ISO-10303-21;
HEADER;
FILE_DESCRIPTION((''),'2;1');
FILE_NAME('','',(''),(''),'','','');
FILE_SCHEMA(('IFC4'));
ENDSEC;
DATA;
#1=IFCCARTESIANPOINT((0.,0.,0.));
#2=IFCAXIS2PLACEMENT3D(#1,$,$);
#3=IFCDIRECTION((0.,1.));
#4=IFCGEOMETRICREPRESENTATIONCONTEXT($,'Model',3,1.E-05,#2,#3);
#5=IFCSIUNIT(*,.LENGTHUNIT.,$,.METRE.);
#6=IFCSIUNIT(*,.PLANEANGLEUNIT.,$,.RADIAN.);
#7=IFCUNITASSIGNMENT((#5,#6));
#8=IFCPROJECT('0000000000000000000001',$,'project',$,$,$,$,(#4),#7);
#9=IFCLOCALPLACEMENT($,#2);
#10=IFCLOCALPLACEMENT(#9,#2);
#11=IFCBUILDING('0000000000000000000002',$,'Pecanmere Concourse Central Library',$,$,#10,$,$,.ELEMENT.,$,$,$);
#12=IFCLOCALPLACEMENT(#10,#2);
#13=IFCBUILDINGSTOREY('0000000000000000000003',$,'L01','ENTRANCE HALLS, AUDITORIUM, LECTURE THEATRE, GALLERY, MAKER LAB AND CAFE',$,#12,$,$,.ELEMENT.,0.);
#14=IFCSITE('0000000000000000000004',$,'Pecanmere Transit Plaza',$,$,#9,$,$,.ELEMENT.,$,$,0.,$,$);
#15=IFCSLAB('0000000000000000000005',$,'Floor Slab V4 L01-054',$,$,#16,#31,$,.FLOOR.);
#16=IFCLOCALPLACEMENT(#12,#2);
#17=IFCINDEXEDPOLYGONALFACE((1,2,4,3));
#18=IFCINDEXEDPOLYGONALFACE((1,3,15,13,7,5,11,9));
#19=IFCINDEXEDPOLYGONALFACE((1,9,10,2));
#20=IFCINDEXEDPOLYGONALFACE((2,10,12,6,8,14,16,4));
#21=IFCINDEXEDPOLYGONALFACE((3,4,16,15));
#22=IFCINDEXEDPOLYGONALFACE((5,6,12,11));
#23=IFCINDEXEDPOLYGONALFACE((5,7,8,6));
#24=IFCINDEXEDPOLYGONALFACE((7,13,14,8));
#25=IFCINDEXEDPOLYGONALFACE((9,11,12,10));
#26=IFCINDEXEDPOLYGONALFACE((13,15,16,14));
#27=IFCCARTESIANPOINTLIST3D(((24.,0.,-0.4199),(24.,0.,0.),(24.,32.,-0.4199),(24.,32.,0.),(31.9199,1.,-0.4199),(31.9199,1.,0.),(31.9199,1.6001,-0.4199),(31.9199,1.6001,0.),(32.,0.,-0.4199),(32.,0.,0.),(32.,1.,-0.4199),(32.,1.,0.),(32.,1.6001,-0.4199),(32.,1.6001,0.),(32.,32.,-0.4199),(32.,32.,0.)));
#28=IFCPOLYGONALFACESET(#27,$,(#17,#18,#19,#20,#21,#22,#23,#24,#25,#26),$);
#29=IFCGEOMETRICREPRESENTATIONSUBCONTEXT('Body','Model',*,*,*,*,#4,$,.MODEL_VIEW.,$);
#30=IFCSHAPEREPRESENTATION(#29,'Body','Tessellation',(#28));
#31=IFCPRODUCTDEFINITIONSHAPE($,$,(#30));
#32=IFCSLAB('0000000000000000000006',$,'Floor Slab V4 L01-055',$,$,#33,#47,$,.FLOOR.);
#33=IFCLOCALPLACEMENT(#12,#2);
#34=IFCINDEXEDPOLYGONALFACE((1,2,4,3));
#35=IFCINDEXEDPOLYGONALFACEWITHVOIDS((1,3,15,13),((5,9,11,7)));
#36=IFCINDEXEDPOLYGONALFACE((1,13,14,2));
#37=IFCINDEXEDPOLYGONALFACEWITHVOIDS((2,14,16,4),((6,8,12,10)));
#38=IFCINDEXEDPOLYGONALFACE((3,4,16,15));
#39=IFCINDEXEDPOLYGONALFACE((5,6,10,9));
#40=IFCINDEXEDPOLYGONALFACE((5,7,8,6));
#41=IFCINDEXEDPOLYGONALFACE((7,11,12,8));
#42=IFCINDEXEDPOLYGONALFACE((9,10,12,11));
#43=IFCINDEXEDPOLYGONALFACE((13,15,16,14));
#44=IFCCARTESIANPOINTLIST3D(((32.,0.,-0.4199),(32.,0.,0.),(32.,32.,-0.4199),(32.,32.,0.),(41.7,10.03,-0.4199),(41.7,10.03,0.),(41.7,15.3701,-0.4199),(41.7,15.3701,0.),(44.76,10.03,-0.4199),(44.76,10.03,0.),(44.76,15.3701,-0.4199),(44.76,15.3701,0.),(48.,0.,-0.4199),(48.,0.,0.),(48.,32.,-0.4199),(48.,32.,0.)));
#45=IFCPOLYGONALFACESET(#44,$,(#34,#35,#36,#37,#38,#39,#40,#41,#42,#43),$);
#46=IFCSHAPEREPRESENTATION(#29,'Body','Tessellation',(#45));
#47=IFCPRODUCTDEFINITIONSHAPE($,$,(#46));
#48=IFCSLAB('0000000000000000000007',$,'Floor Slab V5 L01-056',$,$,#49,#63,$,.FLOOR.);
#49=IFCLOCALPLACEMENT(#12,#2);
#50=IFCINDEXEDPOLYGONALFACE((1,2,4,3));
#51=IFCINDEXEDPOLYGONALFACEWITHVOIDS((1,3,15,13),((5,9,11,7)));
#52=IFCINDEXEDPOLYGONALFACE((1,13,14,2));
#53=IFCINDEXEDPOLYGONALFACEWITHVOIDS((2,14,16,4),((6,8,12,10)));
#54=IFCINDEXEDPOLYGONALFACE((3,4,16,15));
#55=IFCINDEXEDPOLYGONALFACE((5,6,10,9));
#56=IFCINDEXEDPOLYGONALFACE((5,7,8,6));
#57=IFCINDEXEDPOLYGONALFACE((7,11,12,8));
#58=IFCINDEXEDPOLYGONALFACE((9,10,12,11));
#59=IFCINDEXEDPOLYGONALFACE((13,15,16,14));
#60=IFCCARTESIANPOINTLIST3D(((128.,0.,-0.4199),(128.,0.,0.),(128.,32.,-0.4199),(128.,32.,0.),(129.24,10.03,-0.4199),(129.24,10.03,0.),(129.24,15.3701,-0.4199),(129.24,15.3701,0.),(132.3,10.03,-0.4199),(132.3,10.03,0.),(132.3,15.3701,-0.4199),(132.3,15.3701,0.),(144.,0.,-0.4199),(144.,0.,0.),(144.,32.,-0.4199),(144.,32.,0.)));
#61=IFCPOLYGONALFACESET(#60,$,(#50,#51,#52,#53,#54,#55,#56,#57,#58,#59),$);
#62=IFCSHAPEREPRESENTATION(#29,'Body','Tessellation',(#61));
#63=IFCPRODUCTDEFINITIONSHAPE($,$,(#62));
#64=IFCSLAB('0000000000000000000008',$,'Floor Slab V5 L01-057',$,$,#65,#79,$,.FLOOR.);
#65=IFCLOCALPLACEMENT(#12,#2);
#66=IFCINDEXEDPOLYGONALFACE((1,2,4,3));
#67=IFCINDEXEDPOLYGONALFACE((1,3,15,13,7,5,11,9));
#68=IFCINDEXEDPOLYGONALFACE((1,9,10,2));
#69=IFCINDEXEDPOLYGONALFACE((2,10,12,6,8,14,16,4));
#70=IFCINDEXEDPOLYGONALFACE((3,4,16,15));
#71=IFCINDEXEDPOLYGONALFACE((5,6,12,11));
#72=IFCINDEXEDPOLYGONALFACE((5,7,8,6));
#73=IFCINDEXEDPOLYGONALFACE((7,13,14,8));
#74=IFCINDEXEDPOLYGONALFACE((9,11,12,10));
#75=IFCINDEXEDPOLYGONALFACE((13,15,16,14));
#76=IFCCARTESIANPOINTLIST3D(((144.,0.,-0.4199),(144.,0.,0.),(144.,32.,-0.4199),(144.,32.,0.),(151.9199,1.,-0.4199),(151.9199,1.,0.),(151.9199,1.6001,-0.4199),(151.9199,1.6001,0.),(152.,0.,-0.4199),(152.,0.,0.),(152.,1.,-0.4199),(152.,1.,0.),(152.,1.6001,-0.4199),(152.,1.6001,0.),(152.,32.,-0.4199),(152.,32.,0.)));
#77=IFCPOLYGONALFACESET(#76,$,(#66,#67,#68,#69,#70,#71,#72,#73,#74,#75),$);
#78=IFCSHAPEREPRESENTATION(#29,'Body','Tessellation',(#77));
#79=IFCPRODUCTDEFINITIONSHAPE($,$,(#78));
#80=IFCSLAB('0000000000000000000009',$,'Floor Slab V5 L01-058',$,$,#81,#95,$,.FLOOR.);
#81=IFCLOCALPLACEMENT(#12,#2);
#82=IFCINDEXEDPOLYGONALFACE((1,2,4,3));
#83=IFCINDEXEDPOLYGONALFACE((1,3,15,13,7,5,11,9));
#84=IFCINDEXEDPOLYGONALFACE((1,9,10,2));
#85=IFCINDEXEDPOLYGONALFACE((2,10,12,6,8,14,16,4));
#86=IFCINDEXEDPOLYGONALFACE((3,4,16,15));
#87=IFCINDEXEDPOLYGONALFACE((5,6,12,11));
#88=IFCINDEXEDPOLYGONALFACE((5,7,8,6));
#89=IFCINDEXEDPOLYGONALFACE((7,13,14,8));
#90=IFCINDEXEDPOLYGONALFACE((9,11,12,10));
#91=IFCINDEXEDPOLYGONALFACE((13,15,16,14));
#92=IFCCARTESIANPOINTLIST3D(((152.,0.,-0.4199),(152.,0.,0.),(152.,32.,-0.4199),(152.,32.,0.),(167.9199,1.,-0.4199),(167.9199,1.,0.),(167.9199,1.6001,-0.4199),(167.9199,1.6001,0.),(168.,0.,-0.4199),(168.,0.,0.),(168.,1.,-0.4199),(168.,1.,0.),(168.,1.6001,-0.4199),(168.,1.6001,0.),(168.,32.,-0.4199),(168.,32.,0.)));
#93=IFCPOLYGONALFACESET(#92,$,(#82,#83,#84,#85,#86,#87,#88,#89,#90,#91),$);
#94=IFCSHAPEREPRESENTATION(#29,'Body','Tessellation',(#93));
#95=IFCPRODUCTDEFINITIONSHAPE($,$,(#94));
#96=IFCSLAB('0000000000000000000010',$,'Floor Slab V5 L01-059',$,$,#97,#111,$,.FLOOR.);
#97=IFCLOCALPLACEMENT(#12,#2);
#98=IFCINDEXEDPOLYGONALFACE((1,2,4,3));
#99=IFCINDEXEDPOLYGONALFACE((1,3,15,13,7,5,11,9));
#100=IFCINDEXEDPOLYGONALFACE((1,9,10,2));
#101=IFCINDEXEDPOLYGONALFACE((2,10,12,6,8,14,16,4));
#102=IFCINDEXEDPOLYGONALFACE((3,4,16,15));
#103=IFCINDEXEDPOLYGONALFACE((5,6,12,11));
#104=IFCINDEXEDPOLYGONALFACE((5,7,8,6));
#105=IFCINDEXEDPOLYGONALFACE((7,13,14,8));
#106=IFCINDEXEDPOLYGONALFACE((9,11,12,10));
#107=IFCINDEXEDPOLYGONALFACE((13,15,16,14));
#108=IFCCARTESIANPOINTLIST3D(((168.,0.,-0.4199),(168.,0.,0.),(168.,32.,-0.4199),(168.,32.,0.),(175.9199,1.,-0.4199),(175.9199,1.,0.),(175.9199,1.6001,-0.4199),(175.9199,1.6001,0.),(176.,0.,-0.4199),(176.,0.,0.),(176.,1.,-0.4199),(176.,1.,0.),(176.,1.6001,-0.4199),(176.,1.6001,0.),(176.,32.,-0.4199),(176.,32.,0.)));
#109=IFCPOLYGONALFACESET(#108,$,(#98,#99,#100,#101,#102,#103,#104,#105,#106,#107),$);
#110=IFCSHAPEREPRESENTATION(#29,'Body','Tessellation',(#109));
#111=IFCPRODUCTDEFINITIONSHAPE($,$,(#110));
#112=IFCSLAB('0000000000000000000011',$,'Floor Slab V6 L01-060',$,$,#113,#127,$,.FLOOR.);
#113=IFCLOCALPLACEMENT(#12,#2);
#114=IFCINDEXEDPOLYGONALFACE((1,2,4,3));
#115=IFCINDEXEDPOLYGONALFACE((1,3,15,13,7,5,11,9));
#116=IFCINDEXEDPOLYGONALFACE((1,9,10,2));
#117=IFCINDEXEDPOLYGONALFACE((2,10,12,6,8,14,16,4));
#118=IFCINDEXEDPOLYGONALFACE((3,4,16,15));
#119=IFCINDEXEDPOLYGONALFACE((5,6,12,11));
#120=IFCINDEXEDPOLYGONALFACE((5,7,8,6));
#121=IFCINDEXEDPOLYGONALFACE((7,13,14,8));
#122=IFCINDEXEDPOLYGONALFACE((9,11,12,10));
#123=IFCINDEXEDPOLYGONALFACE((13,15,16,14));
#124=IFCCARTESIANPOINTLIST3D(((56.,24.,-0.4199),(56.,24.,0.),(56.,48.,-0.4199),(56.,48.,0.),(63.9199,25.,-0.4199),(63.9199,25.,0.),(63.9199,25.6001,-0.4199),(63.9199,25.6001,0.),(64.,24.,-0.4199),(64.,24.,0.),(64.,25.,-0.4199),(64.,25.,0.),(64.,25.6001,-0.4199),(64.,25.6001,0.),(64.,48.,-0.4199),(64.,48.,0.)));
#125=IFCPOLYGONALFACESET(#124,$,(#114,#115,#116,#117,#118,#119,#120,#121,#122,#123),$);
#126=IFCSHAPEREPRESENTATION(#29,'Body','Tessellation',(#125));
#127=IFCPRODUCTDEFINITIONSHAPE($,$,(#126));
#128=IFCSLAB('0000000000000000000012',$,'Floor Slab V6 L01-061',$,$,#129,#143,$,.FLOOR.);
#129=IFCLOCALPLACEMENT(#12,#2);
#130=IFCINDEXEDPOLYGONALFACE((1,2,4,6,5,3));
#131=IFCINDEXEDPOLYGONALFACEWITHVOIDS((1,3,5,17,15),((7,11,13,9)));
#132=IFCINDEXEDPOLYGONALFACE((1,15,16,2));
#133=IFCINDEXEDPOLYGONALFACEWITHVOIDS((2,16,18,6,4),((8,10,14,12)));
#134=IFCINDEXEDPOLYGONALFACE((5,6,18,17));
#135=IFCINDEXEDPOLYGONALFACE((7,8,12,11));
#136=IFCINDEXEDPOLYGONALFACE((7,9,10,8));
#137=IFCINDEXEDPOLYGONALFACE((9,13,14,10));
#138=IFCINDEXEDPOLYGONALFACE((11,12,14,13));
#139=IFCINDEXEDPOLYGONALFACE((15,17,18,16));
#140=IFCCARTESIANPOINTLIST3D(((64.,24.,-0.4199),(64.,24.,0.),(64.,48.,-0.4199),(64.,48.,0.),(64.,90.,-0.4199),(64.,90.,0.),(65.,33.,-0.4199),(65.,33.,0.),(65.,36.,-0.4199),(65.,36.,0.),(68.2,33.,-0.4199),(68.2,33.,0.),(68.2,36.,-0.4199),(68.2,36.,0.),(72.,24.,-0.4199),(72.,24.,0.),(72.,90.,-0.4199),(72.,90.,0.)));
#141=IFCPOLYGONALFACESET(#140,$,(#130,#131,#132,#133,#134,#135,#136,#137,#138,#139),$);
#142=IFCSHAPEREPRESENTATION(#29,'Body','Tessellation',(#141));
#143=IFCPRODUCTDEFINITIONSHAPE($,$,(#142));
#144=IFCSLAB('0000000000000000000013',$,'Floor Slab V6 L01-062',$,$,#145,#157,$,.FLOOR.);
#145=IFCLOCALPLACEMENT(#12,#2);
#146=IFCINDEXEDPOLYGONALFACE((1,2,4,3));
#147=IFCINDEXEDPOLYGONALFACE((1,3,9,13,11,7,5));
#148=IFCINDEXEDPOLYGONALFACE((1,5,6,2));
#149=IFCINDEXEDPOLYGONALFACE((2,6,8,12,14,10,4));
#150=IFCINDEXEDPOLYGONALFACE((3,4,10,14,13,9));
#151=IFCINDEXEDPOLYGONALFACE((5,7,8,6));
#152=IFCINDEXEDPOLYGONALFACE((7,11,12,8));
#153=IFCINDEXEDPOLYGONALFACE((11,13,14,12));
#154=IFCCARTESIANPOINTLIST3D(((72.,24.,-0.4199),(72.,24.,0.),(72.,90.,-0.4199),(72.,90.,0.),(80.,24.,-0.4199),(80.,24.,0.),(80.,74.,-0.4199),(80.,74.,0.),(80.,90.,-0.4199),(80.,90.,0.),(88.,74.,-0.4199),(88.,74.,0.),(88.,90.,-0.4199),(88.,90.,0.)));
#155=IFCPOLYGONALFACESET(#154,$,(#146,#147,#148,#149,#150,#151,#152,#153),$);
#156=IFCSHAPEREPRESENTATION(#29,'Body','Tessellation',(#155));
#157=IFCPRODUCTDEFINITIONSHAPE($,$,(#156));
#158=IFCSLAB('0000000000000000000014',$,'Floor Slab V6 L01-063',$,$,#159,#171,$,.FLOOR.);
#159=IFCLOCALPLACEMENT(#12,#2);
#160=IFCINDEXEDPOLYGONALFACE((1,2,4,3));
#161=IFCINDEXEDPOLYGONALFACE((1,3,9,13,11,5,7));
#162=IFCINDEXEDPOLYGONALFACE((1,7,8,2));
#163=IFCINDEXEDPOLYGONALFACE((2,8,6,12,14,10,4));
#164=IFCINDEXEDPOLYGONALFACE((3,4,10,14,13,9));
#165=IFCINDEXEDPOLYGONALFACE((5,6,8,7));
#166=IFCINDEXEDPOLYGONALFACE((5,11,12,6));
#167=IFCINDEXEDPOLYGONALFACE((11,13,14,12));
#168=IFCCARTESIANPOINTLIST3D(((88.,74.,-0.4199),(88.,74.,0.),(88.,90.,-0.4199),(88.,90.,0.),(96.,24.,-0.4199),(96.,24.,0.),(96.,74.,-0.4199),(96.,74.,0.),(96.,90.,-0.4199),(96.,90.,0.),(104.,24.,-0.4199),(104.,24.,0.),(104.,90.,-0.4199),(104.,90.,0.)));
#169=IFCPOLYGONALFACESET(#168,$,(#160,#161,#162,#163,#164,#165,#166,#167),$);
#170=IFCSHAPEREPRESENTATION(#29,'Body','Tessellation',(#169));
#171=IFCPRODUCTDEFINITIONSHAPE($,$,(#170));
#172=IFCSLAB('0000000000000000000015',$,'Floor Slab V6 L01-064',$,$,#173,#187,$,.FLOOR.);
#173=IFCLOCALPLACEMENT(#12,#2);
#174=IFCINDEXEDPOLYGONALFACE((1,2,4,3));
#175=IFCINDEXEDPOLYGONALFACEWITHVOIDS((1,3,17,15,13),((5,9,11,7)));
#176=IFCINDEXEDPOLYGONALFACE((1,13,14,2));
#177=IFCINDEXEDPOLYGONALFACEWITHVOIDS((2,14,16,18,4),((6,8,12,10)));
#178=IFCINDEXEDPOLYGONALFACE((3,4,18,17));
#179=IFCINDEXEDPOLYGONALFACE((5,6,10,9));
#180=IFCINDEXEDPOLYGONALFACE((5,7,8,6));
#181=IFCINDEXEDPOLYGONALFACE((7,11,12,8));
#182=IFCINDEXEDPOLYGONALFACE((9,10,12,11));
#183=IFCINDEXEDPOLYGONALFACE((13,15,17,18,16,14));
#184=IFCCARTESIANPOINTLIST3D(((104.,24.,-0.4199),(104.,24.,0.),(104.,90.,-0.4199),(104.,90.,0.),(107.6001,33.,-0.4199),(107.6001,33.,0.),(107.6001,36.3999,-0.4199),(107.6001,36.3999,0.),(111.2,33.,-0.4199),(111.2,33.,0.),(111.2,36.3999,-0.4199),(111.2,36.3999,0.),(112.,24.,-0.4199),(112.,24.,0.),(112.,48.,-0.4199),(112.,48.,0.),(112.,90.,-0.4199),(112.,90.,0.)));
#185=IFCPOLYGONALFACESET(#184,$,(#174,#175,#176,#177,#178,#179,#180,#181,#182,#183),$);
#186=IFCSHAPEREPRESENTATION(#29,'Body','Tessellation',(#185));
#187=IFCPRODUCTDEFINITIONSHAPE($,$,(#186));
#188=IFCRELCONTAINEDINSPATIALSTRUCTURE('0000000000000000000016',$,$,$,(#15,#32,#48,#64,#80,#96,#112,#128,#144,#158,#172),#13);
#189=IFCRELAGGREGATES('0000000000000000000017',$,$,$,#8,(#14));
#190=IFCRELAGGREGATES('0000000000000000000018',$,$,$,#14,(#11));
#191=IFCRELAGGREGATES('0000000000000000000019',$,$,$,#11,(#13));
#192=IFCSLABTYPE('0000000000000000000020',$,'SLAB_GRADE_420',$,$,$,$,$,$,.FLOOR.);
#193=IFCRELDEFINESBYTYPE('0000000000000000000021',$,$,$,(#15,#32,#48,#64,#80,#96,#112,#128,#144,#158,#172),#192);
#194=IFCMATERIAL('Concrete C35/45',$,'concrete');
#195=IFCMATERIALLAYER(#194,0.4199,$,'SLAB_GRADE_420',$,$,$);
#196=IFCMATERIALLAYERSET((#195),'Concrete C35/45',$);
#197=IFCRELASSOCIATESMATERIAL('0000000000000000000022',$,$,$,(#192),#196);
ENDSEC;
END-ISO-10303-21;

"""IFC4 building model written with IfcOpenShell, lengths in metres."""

from ifc_helpers import new_model, si_unit, direction, frame, origin, place, context, subcontext, project, spatial, polyline, outline, extrude, material, layer, layer_set, type_object, element, save


model = new_model("IFC4")

# Units and contexts
model_context = context("Model", 3, precision=1e-05, world=origin(), true_north=direction((0.0, 1.0)))
body_context = subcontext(model_context, "Body", "Model", "MODEL_VIEW")
ifc_project = project(units=[si_unit("LENGTHUNIT", "METRE"), si_unit("PLANEANGLEUNIT", "RADIAN")], contexts=[model_context])

# Site, building, storey
site_placement = place(None, origin())
site = spatial("IfcSite", under=ifc_project, at=site_placement, Name="Pecanmere Transit Plaza", CompositionType="ELEMENT", RefElevation=0.0)
building_placement = place(site_placement, origin())
building = spatial("IfcBuilding", under=site, at=building_placement, Name="Pecanmere Concourse Central Library", CompositionType="ELEMENT")
storey_placement = place(building_placement, origin())
storey = spatial("IfcBuildingStorey", under=building, at=storey_placement, Name="L01", Description="ENTRANCE HALLS, AUDITORIUM, LECTURE THEATRE, GALLERY, MAKER LAB AND CAFE", CompositionType="ELEMENT", Elevation=0.0)

# Slabs
ifc_material_1 = material(Name="Concrete C35/45", Category="concrete")
ifc_layer_1 = layer(ifc_material_1, 0.4199, Name="SLAB_GRADE_420")
ifc_layer_set_1 = layer_set([ifc_layer_1], Name="Concrete C35/45")
slab_type_1 = type_object("IfcSlabType", Name="SLAB_GRADE_420", PredefinedType="FLOOR", material=ifc_layer_set_1)
slab_1_placement = place(storey_placement, frame((0.0, 0.0, -0.4199)))
element("IfcSlab", 1, at=slab_1_placement, inside=storey, type_object=slab_type_1, Name="Floor Slab V4 L01-054", PredefinedType="FLOOR", context=body_context, shape_type="SweptSolid", body=[
    extrude(outline(polyline([(24.0, 32.0), (32.0, 32.0), (32.0, 1.6001), (31.9199, 1.6001), (31.9199, 1.0), (32.0, 1.0), (32.0, 0.0), (24.0, 0.0), (24.0, 32.0)])), origin(), (0.0, 0.0, 1.0), 0.4199),
])
slab_2_placement = place(storey_placement, frame((0.0, 0.0, -0.4199)))
element("IfcSlab", 2, at=slab_2_placement, inside=storey, type_object=slab_type_1, Name="Floor Slab V4 L01-055", PredefinedType="FLOOR", context=body_context, shape_type="SweptSolid", body=[
    extrude(outline(polyline([(32.0, 0.0), (32.0, 32.0), (48.0, 32.0), (48.0, 0.0), (32.0, 0.0)]), holes=[polyline([(44.76, 15.3701), (41.7, 15.3701), (41.7, 10.03), (44.76, 10.03), (44.76, 15.3701)])]), origin(), (0.0, 0.0, 1.0), 0.4199),
])
slab_3_placement = place(storey_placement, frame((0.0, 0.0, -0.4199)))
element("IfcSlab", 3, at=slab_3_placement, inside=storey, type_object=slab_type_1, Name="Floor Slab V5 L01-056", PredefinedType="FLOOR", context=body_context, shape_type="SweptSolid", body=[
    extrude(outline(polyline([(144.0, 0.0), (128.0, 0.0), (128.0, 32.0), (144.0, 32.0), (144.0, 0.0)]), holes=[polyline([(132.3, 15.3701), (129.24, 15.3701), (129.24, 10.03), (132.3, 10.03), (132.3, 15.3701)])]), origin(), (0.0, 0.0, 1.0), 0.4199),
])
slab_4_placement = place(storey_placement, frame((0.0, 0.0, -0.4199)))
element("IfcSlab", 4, at=slab_4_placement, inside=storey, type_object=slab_type_1, Name="Floor Slab V5 L01-057", PredefinedType="FLOOR", context=body_context, shape_type="SweptSolid", body=[
    extrude(outline(polyline([(144.0, 32.0), (152.0, 32.0), (152.0, 1.6001), (151.9199, 1.6001), (151.9199, 1.0), (152.0, 1.0), (152.0, 0.0), (144.0, 0.0), (144.0, 32.0)])), origin(), (0.0, 0.0, 1.0), 0.4199),
])
slab_5_placement = place(storey_placement, frame((0.0, 0.0, -0.4199)))
element("IfcSlab", 5, at=slab_5_placement, inside=storey, type_object=slab_type_1, Name="Floor Slab V5 L01-058", PredefinedType="FLOOR", context=body_context, shape_type="SweptSolid", body=[
    extrude(outline(polyline([(152.0, 32.0), (168.0, 32.0), (168.0, 1.6001), (167.9199, 1.6001), (167.9199, 1.0), (168.0, 1.0), (168.0, 0.0), (152.0, 0.0), (152.0, 32.0)])), origin(), (0.0, 0.0, 1.0), 0.4199),
])
slab_6_placement = place(storey_placement, frame((0.0, 0.0, -0.4199)))
element("IfcSlab", 6, at=slab_6_placement, inside=storey, type_object=slab_type_1, Name="Floor Slab V5 L01-059", PredefinedType="FLOOR", context=body_context, shape_type="SweptSolid", body=[
    extrude(outline(polyline([(168.0, 32.0), (176.0, 32.0), (176.0, 1.6001), (175.9199, 1.6001), (175.9199, 1.0), (176.0, 1.0), (176.0, 0.0), (168.0, 0.0), (168.0, 32.0)])), origin(), (0.0, 0.0, 1.0), 0.4199),
])
slab_7_placement = place(storey_placement, frame((0.0, 0.0, -0.4199)))
element("IfcSlab", 7, at=slab_7_placement, inside=storey, type_object=slab_type_1, Name="Floor Slab V6 L01-060", PredefinedType="FLOOR", context=body_context, shape_type="SweptSolid", body=[
    extrude(outline(polyline([(56.0, 24.0), (56.0, 48.0), (64.0, 48.0), (64.0, 25.6001), (63.9199, 25.6001), (63.9199, 25.0), (64.0, 25.0), (64.0, 24.0), (56.0, 24.0)])), origin(), (0.0, 0.0, 1.0), 0.4199),
])
slab_8_placement = place(storey_placement, frame((0.0, 0.0, -0.4199)))
element("IfcSlab", 8, at=slab_8_placement, inside=storey, type_object=slab_type_1, Name="Floor Slab V6 L01-061", PredefinedType="FLOOR", context=body_context, shape_type="SweptSolid", body=[
    extrude(outline(polyline([(72.0, 24.0), (64.0, 24.0), (64.0, 48.0), (64.0, 90.0), (72.0, 90.0), (72.0, 24.0)]), holes=[polyline([(68.2, 36.0), (65.0, 36.0), (65.0, 33.0), (68.2, 33.0), (68.2, 36.0)])]), origin(), (0.0, 0.0, 1.0), 0.4199),
])
slab_9_placement = place(storey_placement, frame((0.0, 0.0, -0.4199)))
element("IfcSlab", 9, at=slab_9_placement, inside=storey, type_object=slab_type_1, Name="Floor Slab V6 L01-062", PredefinedType="FLOOR", context=body_context, shape_type="SweptSolid", body=[
    extrude(outline(polyline([(88.0, 74.0), (80.0, 74.0), (80.0, 24.0), (72.0, 24.0), (72.0, 90.0), (80.0, 90.0), (88.0, 90.0), (88.0, 74.0)])), origin(), (0.0, 0.0, 1.0), 0.4199),
])
slab_10_placement = place(storey_placement, frame((0.0, 0.0, -0.4199)))
element("IfcSlab", 10, at=slab_10_placement, inside=storey, type_object=slab_type_1, Name="Floor Slab V6 L01-063", PredefinedType="FLOOR", context=body_context, shape_type="SweptSolid", body=[
    extrude(outline(polyline([(104.0, 24.0), (96.0, 24.0), (96.0, 74.0), (88.0, 74.0), (88.0, 90.0), (96.0, 90.0), (104.0, 90.0), (104.0, 24.0)])), origin(), (0.0, 0.0, 1.0), 0.4199),
])
slab_11_placement = place(storey_placement, frame((0.0, 0.0, -0.4199)))
element("IfcSlab", 11, at=slab_11_placement, inside=storey, type_object=slab_type_1, Name="Floor Slab V6 L01-064", PredefinedType="FLOOR", context=body_context, shape_type="SweptSolid", body=[
    extrude(outline(polyline([(112.0, 24.0), (104.0, 24.0), (104.0, 90.0), (112.0, 90.0), (112.0, 48.0), (112.0, 24.0)]), holes=[polyline([(111.2, 36.3999), (107.6001, 36.3999), (107.6001, 33.0), (111.2, 33.0), (111.2, 36.3999)])]), origin(), (0.0, 0.0, 1.0), 0.4199),
])

save(model, "model.ifc")
